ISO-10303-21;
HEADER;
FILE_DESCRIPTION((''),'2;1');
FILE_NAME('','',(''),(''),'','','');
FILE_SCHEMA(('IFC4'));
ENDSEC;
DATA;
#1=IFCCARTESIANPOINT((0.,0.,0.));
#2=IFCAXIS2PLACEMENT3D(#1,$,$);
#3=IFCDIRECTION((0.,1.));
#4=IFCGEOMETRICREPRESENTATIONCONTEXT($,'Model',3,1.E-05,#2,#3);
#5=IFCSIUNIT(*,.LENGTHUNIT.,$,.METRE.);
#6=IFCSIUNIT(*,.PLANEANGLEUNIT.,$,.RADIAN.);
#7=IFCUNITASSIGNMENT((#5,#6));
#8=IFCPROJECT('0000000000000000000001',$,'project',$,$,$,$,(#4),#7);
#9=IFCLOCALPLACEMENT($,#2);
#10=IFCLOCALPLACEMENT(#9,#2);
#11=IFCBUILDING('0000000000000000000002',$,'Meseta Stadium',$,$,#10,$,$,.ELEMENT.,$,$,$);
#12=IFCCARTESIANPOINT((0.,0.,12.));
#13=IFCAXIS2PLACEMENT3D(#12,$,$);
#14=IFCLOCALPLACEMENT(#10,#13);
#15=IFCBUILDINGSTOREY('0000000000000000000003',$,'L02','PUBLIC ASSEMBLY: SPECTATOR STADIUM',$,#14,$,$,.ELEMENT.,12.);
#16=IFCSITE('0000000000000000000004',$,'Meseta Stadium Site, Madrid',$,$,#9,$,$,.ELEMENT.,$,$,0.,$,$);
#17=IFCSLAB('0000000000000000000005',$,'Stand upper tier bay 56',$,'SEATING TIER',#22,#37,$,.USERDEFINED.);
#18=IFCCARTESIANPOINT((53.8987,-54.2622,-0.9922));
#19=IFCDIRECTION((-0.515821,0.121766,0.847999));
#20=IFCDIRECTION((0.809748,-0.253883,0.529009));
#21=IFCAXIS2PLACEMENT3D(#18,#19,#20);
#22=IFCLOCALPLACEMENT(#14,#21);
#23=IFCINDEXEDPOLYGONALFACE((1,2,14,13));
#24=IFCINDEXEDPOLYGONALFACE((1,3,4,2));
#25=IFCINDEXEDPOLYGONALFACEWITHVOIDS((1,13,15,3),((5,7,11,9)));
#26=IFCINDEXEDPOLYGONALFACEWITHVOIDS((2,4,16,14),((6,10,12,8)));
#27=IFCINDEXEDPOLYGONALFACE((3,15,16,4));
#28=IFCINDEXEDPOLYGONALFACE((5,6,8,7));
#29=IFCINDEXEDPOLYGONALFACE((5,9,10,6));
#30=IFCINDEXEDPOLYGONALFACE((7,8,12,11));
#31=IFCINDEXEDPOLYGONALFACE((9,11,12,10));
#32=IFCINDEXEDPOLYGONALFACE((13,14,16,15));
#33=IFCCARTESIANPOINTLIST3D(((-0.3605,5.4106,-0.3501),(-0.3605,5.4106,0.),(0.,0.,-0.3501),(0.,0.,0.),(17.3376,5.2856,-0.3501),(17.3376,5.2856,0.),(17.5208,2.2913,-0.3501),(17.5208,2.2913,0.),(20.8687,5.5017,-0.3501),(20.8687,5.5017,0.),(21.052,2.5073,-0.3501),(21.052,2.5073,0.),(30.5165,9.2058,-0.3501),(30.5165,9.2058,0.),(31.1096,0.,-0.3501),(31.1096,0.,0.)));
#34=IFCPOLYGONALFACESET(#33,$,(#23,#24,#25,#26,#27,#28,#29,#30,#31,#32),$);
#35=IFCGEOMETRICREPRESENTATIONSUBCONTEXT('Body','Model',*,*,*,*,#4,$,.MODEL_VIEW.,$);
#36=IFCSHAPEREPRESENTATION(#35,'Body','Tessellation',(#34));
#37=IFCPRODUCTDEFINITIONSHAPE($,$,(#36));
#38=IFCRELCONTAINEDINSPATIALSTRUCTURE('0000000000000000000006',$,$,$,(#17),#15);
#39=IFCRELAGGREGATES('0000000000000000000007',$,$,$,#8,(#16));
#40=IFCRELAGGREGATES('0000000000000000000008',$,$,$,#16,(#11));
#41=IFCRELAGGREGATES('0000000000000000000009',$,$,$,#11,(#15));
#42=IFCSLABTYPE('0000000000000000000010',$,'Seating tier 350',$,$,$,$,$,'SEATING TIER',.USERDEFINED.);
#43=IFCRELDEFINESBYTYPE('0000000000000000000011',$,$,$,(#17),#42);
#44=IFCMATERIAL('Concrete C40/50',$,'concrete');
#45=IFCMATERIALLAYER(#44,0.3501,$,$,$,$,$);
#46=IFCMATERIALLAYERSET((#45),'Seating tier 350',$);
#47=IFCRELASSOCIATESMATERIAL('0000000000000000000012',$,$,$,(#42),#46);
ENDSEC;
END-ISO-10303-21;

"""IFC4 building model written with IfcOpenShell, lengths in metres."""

from ifc_helpers import new_model, si_unit, direction, frame, origin, place, context, subcontext, project, spatial, polyline, outline, extrude, material, layer, layer_set, type_object, element, save


model = new_model("IFC4")

# Units and contexts
model_context = context("Model", 3, precision=1e-05, world=origin(), true_north=direction((0.0, 1.0)))
body_context = subcontext(model_context, "Body", "Model", "MODEL_VIEW")
ifc_project = project(units=[si_unit("LENGTHUNIT", "METRE"), si_unit("PLANEANGLEUNIT", "RADIAN")], contexts=[model_context])

# Site, building, storey
site_placement = place(None, origin())
site = spatial("IfcSite", under=ifc_project, at=site_placement, Name="Meseta Stadium Site, Madrid", CompositionType="ELEMENT", RefElevation=0.0)
building_placement = place(site_placement, origin())
building = spatial("IfcBuilding", under=site, at=building_placement, Name="Meseta Stadium", CompositionType="ELEMENT")
storey_placement = place(building_placement, frame((0.0, 0.0, 12.0)))
storey = spatial("IfcBuildingStorey", under=building, at=storey_placement, Name="L02", Description="PUBLIC ASSEMBLY: SPECTATOR STADIUM", CompositionType="ELEMENT", Elevation=12.0)

# Slab
ifc_material_1 = material(Name="Concrete C40/50", Category="concrete")
ifc_layer_1 = layer(ifc_material_1, 0.3501)
ifc_layer_set_1 = layer_set([ifc_layer_1], Name="Seating tier 350")
slab_type = type_object("IfcSlabType", Name="Seating tier 350", ElementType="SEATING TIER", PredefinedType="USERDEFINED", material=ifc_layer_set_1)
slab_1_placement = place(storey_placement, frame((53.8987, -54.2622, -0.9922), z_axis=(-0.515821, 0.121766, 0.847999), x_axis=(0.809748, -0.253883, 0.529009)))
element("IfcSlab", 1, at=slab_1_placement, inside=storey, type_object=slab_type, Name="Stand upper tier bay 56", ObjectType="SEATING TIER", PredefinedType="USERDEFINED", context=body_context, shape_type="SweptSolid", body=[
    extrude(outline(polyline([(0.0, 0.0), (31.1096, 0.0), (30.5165, 9.2058), (-0.3605, 5.4106), (0.0, 0.0)]), holes=[polyline([(17.5208, 2.2913), (21.052, 2.5073), (20.8687, 5.5017), (17.3376, 5.2856), (17.5208, 2.2913)])]), origin(), (0.0, 0.0, -1.0), 0.3501),
])

save(model, "model.ifc")
